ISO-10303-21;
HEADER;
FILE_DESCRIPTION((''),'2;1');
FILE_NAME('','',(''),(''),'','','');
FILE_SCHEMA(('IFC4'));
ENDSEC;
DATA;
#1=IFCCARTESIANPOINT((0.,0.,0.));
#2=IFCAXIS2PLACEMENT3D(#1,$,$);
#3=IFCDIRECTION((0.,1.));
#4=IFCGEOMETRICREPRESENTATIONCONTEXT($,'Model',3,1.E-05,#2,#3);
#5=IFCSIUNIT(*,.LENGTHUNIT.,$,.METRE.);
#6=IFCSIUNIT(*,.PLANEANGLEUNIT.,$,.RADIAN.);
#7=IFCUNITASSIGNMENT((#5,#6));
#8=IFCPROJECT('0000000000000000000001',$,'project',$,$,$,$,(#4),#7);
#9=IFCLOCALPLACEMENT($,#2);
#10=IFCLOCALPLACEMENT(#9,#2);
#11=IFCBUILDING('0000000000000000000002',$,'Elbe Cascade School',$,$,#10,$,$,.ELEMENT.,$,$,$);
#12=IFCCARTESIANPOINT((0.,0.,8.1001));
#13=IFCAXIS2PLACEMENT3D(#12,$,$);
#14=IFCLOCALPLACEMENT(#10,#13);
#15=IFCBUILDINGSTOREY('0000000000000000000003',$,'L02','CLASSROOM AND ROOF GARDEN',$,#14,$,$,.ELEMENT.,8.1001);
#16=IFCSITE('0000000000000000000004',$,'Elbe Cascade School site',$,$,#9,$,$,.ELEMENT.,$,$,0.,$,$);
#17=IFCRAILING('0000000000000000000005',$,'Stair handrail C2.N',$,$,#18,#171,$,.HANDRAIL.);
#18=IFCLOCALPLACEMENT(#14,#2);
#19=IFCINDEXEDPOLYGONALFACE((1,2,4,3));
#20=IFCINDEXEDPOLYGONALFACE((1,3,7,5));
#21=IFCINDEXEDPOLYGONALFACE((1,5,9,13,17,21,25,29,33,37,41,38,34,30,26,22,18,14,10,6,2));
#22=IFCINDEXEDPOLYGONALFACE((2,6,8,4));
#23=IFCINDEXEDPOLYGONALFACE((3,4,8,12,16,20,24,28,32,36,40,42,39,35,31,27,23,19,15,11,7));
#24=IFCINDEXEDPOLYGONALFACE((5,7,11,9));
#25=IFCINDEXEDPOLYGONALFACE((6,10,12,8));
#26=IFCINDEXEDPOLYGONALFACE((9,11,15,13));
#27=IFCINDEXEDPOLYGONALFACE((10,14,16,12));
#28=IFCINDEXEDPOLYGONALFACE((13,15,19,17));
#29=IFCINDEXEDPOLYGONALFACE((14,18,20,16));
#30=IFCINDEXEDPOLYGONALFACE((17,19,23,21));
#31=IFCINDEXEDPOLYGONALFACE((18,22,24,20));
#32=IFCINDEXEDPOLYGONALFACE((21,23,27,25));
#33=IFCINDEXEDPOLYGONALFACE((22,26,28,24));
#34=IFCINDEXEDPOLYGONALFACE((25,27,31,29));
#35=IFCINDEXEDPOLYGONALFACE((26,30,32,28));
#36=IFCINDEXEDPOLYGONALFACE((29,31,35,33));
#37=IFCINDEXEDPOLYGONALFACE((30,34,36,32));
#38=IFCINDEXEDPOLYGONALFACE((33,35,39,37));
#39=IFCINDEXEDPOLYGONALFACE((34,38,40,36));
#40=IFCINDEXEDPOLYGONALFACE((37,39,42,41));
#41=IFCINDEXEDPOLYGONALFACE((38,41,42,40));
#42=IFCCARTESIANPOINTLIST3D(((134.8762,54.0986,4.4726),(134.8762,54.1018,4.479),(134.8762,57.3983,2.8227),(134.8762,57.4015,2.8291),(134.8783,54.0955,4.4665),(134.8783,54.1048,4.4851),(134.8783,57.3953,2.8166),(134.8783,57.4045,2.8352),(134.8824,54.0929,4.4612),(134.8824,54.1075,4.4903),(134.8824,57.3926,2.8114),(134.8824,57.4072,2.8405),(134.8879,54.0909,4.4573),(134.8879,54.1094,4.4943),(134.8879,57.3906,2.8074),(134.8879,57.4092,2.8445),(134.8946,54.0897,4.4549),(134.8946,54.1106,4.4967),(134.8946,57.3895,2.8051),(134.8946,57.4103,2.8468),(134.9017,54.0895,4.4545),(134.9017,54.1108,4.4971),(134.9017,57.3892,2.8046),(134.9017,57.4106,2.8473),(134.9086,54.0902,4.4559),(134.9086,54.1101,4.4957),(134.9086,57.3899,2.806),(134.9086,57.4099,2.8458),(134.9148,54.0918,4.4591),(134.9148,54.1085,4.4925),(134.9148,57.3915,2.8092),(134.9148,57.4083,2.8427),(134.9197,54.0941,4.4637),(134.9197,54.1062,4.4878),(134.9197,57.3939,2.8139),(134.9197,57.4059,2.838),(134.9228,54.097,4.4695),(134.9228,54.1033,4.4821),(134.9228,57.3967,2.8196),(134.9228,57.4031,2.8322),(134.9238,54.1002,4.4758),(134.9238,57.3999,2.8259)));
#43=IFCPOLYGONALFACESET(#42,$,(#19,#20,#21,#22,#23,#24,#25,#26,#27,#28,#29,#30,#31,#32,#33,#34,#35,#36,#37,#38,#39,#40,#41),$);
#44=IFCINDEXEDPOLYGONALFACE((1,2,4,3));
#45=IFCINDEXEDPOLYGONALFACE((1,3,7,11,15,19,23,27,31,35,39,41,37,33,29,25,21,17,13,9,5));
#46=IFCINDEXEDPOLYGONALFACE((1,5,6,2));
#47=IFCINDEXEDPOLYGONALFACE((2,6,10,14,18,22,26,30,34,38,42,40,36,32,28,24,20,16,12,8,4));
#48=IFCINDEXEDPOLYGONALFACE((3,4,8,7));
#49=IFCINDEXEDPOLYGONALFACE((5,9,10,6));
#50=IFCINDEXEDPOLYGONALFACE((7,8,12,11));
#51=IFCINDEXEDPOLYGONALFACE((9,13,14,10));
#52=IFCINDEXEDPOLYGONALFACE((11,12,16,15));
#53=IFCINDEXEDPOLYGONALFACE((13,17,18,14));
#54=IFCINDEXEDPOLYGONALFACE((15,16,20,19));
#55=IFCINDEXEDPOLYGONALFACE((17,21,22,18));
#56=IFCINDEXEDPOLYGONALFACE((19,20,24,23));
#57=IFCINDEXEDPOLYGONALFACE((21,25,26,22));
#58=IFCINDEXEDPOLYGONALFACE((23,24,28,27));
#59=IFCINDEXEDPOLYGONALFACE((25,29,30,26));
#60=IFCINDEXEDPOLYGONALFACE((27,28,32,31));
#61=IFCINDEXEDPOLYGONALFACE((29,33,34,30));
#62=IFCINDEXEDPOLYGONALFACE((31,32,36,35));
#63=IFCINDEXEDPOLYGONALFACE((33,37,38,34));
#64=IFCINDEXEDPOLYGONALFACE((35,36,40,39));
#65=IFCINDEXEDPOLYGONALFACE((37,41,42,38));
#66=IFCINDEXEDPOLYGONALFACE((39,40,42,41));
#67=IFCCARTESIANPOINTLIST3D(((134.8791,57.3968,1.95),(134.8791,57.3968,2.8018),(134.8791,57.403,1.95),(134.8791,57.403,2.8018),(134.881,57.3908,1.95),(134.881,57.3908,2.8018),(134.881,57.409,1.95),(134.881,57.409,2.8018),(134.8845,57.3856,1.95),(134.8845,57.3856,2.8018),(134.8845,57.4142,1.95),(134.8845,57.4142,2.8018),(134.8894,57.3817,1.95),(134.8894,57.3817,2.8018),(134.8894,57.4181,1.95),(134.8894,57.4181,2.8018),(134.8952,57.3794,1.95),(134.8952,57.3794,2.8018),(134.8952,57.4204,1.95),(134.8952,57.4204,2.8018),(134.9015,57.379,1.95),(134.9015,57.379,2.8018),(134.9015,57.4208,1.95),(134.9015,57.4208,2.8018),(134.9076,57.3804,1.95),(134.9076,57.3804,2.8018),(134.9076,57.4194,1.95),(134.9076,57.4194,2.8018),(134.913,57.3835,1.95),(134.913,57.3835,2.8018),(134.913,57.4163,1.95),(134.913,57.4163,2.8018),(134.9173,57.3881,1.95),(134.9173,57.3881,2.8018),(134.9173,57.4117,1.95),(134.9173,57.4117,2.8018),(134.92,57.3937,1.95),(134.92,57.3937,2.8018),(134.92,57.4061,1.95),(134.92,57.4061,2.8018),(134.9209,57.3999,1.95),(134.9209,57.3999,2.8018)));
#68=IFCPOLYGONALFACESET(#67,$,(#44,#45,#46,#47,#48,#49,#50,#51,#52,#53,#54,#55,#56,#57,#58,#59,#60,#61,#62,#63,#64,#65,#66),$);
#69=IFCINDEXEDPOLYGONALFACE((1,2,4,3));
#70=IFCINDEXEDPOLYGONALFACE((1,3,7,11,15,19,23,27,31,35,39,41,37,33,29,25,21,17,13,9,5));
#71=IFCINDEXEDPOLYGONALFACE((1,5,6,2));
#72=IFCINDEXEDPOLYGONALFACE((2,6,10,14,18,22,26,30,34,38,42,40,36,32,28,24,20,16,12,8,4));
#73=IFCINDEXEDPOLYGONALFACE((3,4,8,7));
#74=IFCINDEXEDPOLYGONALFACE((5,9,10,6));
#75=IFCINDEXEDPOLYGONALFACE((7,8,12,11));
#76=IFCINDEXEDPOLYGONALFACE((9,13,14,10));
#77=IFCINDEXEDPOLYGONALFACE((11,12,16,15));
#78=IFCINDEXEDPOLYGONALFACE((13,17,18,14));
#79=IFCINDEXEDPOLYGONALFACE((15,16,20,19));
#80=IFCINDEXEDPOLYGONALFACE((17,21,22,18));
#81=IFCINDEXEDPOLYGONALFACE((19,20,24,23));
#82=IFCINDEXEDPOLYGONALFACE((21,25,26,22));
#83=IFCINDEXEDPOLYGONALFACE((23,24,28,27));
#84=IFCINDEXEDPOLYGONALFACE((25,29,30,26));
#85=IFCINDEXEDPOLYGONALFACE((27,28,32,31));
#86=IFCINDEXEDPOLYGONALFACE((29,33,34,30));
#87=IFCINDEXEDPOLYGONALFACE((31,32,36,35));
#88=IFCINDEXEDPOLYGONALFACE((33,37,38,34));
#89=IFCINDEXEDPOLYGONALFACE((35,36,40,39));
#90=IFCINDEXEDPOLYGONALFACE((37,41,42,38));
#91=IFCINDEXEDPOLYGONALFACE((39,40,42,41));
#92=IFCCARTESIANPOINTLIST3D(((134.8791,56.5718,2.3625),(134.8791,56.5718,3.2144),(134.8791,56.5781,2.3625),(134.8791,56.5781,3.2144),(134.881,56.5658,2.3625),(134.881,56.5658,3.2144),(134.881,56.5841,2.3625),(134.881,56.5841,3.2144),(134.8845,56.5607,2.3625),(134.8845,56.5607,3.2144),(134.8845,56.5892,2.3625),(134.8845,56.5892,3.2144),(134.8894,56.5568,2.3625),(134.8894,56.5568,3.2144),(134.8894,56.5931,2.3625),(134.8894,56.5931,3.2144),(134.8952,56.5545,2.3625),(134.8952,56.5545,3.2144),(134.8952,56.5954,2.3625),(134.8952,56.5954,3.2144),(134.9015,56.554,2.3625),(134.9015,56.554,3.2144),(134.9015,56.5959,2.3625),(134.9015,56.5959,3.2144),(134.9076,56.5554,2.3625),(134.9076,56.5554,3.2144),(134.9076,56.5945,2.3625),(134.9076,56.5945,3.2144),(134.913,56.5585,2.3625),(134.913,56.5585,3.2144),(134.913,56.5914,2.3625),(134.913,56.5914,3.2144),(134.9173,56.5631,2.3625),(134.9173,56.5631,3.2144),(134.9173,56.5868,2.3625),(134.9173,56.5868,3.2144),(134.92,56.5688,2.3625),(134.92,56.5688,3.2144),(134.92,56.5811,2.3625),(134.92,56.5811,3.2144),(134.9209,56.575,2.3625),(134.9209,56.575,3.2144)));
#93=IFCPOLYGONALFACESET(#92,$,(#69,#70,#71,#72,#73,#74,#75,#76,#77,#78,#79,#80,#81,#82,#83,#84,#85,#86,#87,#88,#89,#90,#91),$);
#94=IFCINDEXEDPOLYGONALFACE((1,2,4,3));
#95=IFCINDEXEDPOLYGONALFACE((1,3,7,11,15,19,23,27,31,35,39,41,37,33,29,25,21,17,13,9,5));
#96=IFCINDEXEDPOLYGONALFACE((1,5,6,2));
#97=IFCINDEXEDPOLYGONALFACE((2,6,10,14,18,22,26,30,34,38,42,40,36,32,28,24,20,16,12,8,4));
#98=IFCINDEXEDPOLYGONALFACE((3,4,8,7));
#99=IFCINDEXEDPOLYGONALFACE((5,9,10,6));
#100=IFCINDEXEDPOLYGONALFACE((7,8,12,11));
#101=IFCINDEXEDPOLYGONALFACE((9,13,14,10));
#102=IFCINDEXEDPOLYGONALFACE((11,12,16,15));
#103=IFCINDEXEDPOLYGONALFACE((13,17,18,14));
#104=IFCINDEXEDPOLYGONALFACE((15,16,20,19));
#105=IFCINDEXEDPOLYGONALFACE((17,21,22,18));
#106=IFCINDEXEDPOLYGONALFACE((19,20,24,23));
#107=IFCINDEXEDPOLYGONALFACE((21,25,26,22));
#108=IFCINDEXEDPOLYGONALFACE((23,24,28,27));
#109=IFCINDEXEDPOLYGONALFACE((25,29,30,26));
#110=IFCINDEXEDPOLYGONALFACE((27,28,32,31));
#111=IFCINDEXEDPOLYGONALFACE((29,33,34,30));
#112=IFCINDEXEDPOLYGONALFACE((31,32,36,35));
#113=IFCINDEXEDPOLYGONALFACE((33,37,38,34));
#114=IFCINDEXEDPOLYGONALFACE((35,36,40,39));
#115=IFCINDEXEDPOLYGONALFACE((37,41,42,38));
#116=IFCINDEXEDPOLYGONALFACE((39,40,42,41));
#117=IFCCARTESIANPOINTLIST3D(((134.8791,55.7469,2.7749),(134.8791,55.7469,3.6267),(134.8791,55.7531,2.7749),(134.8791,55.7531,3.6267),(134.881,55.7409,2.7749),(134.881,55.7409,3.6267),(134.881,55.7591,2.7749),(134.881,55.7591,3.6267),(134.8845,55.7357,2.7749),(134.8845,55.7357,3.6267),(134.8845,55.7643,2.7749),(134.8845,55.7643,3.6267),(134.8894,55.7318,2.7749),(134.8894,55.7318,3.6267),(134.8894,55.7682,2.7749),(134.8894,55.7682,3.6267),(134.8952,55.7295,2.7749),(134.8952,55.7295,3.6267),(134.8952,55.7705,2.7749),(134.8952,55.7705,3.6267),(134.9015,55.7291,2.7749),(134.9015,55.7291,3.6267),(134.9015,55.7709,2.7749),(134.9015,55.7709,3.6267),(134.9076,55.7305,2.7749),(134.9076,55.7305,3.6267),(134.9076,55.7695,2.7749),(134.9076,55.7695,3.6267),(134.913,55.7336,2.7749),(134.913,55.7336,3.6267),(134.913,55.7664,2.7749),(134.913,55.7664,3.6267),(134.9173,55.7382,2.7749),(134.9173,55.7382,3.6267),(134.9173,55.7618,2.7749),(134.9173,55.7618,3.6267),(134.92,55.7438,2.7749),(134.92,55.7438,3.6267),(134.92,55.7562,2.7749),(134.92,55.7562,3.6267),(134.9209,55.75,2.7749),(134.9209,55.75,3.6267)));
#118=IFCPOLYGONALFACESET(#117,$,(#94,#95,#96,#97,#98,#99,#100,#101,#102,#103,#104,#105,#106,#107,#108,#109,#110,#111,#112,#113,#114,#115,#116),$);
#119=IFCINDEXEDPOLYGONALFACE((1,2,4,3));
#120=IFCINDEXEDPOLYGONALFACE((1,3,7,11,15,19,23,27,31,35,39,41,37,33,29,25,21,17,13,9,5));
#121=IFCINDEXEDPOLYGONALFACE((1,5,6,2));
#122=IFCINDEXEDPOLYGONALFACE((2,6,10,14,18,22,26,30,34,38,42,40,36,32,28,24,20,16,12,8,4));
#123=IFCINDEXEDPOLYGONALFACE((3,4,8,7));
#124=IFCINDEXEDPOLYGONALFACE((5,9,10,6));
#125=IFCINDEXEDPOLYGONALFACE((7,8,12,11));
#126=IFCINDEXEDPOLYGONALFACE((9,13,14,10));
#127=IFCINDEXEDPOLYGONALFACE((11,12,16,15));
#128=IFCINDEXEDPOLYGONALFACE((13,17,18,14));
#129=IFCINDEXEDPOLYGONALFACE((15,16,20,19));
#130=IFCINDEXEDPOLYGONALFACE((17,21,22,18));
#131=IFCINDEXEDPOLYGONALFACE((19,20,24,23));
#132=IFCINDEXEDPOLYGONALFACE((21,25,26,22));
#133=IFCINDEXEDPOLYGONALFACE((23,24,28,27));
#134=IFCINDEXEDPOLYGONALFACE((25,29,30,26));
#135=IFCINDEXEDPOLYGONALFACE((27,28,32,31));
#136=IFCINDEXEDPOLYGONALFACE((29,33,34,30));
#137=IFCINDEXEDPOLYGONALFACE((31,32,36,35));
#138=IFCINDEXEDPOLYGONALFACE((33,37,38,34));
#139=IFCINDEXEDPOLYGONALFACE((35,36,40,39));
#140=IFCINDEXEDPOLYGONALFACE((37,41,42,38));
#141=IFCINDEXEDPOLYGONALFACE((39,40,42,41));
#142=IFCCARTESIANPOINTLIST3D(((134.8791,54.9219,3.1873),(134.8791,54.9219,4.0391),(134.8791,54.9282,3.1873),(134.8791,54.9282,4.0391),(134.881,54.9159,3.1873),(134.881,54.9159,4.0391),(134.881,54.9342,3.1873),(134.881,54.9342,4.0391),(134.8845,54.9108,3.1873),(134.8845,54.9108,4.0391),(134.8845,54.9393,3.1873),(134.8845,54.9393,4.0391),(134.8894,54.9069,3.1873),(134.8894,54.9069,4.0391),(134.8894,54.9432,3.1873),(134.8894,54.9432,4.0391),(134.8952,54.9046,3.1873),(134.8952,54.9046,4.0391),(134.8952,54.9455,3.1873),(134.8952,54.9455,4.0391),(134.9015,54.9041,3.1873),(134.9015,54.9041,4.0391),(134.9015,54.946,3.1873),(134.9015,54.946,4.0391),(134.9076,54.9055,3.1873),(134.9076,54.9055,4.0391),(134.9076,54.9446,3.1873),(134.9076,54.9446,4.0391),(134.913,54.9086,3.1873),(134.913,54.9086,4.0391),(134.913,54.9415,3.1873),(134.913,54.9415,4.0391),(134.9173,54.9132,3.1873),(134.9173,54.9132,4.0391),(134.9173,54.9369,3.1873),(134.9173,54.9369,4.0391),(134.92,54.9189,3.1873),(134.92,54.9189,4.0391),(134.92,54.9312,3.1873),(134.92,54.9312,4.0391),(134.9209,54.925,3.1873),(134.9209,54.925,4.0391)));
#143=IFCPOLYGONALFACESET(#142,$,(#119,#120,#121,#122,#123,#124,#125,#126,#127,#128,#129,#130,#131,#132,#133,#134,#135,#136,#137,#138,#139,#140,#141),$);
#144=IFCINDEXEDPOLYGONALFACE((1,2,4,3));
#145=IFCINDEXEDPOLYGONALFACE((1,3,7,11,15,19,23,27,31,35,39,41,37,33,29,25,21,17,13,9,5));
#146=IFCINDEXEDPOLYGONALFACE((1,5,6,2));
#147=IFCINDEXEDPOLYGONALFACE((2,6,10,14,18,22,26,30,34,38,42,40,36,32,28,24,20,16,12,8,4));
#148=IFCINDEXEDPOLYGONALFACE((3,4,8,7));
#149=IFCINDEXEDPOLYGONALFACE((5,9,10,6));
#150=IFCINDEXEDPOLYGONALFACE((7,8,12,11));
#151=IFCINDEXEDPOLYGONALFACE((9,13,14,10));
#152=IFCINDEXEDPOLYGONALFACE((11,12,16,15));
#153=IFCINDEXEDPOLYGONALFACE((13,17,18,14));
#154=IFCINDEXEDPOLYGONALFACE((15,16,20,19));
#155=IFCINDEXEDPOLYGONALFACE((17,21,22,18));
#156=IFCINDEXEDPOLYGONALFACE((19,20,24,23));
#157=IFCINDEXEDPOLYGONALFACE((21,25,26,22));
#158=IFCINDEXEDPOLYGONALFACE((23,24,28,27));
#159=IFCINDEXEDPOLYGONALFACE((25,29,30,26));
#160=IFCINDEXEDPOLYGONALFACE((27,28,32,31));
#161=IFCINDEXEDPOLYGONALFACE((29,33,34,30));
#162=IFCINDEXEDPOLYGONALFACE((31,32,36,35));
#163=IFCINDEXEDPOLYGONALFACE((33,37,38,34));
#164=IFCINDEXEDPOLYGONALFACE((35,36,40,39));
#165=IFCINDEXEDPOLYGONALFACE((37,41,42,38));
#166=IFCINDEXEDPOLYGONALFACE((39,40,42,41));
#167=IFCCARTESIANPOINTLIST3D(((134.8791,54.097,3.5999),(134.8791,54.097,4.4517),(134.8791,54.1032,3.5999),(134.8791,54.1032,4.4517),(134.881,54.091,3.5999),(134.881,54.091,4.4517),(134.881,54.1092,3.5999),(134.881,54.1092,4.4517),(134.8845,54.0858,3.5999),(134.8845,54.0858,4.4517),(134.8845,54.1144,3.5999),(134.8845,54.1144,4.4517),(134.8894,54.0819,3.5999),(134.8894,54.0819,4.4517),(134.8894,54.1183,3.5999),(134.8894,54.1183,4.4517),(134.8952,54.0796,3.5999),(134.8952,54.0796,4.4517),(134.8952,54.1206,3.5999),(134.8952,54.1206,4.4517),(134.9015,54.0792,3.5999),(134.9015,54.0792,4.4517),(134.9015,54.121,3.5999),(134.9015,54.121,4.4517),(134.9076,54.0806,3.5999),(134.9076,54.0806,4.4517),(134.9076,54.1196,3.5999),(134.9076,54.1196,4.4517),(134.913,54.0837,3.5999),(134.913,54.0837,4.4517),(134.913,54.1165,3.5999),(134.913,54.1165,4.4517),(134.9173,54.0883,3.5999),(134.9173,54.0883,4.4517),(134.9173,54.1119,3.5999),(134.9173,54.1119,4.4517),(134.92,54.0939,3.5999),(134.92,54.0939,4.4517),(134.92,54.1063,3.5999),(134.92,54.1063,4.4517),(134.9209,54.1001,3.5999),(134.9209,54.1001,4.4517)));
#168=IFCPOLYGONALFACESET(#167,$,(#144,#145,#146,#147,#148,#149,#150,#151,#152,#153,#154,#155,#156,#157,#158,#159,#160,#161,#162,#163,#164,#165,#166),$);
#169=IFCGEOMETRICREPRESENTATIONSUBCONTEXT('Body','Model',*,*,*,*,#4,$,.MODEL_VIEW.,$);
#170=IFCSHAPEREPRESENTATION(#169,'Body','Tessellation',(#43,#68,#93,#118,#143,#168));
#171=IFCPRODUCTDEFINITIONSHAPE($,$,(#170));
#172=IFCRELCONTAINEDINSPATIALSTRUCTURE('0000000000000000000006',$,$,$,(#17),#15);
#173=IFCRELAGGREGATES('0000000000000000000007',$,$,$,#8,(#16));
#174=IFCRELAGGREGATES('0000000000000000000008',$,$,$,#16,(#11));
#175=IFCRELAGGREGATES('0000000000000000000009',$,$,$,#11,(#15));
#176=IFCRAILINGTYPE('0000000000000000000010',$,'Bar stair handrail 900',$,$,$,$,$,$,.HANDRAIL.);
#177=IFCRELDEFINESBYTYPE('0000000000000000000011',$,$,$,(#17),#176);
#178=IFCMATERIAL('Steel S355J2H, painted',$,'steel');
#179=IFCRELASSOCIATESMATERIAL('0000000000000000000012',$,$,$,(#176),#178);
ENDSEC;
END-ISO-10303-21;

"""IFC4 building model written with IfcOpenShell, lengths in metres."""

from ifc_helpers import new_model, si_unit, direction, frame, origin, origin_2d, place, context, subcontext, project, spatial, circle, extrude, material, type_object, element, save


model = new_model("IFC4")

# Units and contexts
model_context = context("Model", 3, precision=1e-05, world=origin(), true_north=direction((0.0, 1.0)))
body_context = subcontext(model_context, "Body", "Model", "MODEL_VIEW")
ifc_project = project(units=[si_unit("LENGTHUNIT", "METRE"), si_unit("PLANEANGLEUNIT", "RADIAN")], contexts=[model_context])

# Site, building, storey
site_placement = place(None, origin())
site = spatial("IfcSite", under=ifc_project, at=site_placement, Name="Elbe Cascade School site", CompositionType="ELEMENT", RefElevation=0.0)
building_placement = place(site_placement, origin())
building = spatial("IfcBuilding", under=site, at=building_placement, Name="Elbe Cascade School", CompositionType="ELEMENT")
storey_placement = place(building_placement, frame((0.0, 0.0, 8.1001)))
storey = spatial("IfcBuildingStorey", under=building, at=storey_placement, Name="L02", Description="CLASSROOM AND ROOF GARDEN", CompositionType="ELEMENT", Elevation=8.1001)

# Railing
ifc_material_1 = material(Name="Steel S355J2H, painted", Category="steel")
railing_type_1 = type_object("IfcRailingType", Name="Bar stair handrail 900", PredefinedType="HANDRAIL", material=ifc_material_1)
railing_1_placement = place(storey_placement, frame((134.8999, 57.3999, 1.95)))
element("IfcRailing", 1, at=railing_1_placement, inside=storey, type_object=railing_type_1, Name="Stair handrail C2.N", PredefinedType="HANDRAIL", context=body_context, shape_type="SweptSolid", body=[
    extrude(circle(Radius=0.0239, at=origin_2d()), frame((0.0, 0.0, 0.876), z_axis=(0.0, -0.894427, 0.447214), x_axis=(1.0, 0.0, 0.0)), (0.0, 0.0, 1.0), 3.6892),
    extrude(circle(Radius=0.021, at=origin_2d()), origin(), (0.0, 0.0, 1.0), 0.8518),
    extrude(circle(Radius=0.021, at=origin_2d()), frame((0.0, -0.825, 0.4126)), (0.0, 0.0, 1.0), 0.8518),
    extrude(circle(Radius=0.021, at=origin_2d()), frame((0.0, -1.6499, 0.825)), (0.0, 0.0, 1.0), 0.8518),
    extrude(circle(Radius=0.021, at=origin_2d()), frame((0.0, -2.4749, 1.2373)), (0.0, 0.0, 1.0), 0.8518),
    extrude(circle(Radius=0.021, at=origin_2d()), frame((0.0, -3.2998, 1.6499)), (0.0, 0.0, 1.0), 0.8518),
])

save(model, "model.ifc")
